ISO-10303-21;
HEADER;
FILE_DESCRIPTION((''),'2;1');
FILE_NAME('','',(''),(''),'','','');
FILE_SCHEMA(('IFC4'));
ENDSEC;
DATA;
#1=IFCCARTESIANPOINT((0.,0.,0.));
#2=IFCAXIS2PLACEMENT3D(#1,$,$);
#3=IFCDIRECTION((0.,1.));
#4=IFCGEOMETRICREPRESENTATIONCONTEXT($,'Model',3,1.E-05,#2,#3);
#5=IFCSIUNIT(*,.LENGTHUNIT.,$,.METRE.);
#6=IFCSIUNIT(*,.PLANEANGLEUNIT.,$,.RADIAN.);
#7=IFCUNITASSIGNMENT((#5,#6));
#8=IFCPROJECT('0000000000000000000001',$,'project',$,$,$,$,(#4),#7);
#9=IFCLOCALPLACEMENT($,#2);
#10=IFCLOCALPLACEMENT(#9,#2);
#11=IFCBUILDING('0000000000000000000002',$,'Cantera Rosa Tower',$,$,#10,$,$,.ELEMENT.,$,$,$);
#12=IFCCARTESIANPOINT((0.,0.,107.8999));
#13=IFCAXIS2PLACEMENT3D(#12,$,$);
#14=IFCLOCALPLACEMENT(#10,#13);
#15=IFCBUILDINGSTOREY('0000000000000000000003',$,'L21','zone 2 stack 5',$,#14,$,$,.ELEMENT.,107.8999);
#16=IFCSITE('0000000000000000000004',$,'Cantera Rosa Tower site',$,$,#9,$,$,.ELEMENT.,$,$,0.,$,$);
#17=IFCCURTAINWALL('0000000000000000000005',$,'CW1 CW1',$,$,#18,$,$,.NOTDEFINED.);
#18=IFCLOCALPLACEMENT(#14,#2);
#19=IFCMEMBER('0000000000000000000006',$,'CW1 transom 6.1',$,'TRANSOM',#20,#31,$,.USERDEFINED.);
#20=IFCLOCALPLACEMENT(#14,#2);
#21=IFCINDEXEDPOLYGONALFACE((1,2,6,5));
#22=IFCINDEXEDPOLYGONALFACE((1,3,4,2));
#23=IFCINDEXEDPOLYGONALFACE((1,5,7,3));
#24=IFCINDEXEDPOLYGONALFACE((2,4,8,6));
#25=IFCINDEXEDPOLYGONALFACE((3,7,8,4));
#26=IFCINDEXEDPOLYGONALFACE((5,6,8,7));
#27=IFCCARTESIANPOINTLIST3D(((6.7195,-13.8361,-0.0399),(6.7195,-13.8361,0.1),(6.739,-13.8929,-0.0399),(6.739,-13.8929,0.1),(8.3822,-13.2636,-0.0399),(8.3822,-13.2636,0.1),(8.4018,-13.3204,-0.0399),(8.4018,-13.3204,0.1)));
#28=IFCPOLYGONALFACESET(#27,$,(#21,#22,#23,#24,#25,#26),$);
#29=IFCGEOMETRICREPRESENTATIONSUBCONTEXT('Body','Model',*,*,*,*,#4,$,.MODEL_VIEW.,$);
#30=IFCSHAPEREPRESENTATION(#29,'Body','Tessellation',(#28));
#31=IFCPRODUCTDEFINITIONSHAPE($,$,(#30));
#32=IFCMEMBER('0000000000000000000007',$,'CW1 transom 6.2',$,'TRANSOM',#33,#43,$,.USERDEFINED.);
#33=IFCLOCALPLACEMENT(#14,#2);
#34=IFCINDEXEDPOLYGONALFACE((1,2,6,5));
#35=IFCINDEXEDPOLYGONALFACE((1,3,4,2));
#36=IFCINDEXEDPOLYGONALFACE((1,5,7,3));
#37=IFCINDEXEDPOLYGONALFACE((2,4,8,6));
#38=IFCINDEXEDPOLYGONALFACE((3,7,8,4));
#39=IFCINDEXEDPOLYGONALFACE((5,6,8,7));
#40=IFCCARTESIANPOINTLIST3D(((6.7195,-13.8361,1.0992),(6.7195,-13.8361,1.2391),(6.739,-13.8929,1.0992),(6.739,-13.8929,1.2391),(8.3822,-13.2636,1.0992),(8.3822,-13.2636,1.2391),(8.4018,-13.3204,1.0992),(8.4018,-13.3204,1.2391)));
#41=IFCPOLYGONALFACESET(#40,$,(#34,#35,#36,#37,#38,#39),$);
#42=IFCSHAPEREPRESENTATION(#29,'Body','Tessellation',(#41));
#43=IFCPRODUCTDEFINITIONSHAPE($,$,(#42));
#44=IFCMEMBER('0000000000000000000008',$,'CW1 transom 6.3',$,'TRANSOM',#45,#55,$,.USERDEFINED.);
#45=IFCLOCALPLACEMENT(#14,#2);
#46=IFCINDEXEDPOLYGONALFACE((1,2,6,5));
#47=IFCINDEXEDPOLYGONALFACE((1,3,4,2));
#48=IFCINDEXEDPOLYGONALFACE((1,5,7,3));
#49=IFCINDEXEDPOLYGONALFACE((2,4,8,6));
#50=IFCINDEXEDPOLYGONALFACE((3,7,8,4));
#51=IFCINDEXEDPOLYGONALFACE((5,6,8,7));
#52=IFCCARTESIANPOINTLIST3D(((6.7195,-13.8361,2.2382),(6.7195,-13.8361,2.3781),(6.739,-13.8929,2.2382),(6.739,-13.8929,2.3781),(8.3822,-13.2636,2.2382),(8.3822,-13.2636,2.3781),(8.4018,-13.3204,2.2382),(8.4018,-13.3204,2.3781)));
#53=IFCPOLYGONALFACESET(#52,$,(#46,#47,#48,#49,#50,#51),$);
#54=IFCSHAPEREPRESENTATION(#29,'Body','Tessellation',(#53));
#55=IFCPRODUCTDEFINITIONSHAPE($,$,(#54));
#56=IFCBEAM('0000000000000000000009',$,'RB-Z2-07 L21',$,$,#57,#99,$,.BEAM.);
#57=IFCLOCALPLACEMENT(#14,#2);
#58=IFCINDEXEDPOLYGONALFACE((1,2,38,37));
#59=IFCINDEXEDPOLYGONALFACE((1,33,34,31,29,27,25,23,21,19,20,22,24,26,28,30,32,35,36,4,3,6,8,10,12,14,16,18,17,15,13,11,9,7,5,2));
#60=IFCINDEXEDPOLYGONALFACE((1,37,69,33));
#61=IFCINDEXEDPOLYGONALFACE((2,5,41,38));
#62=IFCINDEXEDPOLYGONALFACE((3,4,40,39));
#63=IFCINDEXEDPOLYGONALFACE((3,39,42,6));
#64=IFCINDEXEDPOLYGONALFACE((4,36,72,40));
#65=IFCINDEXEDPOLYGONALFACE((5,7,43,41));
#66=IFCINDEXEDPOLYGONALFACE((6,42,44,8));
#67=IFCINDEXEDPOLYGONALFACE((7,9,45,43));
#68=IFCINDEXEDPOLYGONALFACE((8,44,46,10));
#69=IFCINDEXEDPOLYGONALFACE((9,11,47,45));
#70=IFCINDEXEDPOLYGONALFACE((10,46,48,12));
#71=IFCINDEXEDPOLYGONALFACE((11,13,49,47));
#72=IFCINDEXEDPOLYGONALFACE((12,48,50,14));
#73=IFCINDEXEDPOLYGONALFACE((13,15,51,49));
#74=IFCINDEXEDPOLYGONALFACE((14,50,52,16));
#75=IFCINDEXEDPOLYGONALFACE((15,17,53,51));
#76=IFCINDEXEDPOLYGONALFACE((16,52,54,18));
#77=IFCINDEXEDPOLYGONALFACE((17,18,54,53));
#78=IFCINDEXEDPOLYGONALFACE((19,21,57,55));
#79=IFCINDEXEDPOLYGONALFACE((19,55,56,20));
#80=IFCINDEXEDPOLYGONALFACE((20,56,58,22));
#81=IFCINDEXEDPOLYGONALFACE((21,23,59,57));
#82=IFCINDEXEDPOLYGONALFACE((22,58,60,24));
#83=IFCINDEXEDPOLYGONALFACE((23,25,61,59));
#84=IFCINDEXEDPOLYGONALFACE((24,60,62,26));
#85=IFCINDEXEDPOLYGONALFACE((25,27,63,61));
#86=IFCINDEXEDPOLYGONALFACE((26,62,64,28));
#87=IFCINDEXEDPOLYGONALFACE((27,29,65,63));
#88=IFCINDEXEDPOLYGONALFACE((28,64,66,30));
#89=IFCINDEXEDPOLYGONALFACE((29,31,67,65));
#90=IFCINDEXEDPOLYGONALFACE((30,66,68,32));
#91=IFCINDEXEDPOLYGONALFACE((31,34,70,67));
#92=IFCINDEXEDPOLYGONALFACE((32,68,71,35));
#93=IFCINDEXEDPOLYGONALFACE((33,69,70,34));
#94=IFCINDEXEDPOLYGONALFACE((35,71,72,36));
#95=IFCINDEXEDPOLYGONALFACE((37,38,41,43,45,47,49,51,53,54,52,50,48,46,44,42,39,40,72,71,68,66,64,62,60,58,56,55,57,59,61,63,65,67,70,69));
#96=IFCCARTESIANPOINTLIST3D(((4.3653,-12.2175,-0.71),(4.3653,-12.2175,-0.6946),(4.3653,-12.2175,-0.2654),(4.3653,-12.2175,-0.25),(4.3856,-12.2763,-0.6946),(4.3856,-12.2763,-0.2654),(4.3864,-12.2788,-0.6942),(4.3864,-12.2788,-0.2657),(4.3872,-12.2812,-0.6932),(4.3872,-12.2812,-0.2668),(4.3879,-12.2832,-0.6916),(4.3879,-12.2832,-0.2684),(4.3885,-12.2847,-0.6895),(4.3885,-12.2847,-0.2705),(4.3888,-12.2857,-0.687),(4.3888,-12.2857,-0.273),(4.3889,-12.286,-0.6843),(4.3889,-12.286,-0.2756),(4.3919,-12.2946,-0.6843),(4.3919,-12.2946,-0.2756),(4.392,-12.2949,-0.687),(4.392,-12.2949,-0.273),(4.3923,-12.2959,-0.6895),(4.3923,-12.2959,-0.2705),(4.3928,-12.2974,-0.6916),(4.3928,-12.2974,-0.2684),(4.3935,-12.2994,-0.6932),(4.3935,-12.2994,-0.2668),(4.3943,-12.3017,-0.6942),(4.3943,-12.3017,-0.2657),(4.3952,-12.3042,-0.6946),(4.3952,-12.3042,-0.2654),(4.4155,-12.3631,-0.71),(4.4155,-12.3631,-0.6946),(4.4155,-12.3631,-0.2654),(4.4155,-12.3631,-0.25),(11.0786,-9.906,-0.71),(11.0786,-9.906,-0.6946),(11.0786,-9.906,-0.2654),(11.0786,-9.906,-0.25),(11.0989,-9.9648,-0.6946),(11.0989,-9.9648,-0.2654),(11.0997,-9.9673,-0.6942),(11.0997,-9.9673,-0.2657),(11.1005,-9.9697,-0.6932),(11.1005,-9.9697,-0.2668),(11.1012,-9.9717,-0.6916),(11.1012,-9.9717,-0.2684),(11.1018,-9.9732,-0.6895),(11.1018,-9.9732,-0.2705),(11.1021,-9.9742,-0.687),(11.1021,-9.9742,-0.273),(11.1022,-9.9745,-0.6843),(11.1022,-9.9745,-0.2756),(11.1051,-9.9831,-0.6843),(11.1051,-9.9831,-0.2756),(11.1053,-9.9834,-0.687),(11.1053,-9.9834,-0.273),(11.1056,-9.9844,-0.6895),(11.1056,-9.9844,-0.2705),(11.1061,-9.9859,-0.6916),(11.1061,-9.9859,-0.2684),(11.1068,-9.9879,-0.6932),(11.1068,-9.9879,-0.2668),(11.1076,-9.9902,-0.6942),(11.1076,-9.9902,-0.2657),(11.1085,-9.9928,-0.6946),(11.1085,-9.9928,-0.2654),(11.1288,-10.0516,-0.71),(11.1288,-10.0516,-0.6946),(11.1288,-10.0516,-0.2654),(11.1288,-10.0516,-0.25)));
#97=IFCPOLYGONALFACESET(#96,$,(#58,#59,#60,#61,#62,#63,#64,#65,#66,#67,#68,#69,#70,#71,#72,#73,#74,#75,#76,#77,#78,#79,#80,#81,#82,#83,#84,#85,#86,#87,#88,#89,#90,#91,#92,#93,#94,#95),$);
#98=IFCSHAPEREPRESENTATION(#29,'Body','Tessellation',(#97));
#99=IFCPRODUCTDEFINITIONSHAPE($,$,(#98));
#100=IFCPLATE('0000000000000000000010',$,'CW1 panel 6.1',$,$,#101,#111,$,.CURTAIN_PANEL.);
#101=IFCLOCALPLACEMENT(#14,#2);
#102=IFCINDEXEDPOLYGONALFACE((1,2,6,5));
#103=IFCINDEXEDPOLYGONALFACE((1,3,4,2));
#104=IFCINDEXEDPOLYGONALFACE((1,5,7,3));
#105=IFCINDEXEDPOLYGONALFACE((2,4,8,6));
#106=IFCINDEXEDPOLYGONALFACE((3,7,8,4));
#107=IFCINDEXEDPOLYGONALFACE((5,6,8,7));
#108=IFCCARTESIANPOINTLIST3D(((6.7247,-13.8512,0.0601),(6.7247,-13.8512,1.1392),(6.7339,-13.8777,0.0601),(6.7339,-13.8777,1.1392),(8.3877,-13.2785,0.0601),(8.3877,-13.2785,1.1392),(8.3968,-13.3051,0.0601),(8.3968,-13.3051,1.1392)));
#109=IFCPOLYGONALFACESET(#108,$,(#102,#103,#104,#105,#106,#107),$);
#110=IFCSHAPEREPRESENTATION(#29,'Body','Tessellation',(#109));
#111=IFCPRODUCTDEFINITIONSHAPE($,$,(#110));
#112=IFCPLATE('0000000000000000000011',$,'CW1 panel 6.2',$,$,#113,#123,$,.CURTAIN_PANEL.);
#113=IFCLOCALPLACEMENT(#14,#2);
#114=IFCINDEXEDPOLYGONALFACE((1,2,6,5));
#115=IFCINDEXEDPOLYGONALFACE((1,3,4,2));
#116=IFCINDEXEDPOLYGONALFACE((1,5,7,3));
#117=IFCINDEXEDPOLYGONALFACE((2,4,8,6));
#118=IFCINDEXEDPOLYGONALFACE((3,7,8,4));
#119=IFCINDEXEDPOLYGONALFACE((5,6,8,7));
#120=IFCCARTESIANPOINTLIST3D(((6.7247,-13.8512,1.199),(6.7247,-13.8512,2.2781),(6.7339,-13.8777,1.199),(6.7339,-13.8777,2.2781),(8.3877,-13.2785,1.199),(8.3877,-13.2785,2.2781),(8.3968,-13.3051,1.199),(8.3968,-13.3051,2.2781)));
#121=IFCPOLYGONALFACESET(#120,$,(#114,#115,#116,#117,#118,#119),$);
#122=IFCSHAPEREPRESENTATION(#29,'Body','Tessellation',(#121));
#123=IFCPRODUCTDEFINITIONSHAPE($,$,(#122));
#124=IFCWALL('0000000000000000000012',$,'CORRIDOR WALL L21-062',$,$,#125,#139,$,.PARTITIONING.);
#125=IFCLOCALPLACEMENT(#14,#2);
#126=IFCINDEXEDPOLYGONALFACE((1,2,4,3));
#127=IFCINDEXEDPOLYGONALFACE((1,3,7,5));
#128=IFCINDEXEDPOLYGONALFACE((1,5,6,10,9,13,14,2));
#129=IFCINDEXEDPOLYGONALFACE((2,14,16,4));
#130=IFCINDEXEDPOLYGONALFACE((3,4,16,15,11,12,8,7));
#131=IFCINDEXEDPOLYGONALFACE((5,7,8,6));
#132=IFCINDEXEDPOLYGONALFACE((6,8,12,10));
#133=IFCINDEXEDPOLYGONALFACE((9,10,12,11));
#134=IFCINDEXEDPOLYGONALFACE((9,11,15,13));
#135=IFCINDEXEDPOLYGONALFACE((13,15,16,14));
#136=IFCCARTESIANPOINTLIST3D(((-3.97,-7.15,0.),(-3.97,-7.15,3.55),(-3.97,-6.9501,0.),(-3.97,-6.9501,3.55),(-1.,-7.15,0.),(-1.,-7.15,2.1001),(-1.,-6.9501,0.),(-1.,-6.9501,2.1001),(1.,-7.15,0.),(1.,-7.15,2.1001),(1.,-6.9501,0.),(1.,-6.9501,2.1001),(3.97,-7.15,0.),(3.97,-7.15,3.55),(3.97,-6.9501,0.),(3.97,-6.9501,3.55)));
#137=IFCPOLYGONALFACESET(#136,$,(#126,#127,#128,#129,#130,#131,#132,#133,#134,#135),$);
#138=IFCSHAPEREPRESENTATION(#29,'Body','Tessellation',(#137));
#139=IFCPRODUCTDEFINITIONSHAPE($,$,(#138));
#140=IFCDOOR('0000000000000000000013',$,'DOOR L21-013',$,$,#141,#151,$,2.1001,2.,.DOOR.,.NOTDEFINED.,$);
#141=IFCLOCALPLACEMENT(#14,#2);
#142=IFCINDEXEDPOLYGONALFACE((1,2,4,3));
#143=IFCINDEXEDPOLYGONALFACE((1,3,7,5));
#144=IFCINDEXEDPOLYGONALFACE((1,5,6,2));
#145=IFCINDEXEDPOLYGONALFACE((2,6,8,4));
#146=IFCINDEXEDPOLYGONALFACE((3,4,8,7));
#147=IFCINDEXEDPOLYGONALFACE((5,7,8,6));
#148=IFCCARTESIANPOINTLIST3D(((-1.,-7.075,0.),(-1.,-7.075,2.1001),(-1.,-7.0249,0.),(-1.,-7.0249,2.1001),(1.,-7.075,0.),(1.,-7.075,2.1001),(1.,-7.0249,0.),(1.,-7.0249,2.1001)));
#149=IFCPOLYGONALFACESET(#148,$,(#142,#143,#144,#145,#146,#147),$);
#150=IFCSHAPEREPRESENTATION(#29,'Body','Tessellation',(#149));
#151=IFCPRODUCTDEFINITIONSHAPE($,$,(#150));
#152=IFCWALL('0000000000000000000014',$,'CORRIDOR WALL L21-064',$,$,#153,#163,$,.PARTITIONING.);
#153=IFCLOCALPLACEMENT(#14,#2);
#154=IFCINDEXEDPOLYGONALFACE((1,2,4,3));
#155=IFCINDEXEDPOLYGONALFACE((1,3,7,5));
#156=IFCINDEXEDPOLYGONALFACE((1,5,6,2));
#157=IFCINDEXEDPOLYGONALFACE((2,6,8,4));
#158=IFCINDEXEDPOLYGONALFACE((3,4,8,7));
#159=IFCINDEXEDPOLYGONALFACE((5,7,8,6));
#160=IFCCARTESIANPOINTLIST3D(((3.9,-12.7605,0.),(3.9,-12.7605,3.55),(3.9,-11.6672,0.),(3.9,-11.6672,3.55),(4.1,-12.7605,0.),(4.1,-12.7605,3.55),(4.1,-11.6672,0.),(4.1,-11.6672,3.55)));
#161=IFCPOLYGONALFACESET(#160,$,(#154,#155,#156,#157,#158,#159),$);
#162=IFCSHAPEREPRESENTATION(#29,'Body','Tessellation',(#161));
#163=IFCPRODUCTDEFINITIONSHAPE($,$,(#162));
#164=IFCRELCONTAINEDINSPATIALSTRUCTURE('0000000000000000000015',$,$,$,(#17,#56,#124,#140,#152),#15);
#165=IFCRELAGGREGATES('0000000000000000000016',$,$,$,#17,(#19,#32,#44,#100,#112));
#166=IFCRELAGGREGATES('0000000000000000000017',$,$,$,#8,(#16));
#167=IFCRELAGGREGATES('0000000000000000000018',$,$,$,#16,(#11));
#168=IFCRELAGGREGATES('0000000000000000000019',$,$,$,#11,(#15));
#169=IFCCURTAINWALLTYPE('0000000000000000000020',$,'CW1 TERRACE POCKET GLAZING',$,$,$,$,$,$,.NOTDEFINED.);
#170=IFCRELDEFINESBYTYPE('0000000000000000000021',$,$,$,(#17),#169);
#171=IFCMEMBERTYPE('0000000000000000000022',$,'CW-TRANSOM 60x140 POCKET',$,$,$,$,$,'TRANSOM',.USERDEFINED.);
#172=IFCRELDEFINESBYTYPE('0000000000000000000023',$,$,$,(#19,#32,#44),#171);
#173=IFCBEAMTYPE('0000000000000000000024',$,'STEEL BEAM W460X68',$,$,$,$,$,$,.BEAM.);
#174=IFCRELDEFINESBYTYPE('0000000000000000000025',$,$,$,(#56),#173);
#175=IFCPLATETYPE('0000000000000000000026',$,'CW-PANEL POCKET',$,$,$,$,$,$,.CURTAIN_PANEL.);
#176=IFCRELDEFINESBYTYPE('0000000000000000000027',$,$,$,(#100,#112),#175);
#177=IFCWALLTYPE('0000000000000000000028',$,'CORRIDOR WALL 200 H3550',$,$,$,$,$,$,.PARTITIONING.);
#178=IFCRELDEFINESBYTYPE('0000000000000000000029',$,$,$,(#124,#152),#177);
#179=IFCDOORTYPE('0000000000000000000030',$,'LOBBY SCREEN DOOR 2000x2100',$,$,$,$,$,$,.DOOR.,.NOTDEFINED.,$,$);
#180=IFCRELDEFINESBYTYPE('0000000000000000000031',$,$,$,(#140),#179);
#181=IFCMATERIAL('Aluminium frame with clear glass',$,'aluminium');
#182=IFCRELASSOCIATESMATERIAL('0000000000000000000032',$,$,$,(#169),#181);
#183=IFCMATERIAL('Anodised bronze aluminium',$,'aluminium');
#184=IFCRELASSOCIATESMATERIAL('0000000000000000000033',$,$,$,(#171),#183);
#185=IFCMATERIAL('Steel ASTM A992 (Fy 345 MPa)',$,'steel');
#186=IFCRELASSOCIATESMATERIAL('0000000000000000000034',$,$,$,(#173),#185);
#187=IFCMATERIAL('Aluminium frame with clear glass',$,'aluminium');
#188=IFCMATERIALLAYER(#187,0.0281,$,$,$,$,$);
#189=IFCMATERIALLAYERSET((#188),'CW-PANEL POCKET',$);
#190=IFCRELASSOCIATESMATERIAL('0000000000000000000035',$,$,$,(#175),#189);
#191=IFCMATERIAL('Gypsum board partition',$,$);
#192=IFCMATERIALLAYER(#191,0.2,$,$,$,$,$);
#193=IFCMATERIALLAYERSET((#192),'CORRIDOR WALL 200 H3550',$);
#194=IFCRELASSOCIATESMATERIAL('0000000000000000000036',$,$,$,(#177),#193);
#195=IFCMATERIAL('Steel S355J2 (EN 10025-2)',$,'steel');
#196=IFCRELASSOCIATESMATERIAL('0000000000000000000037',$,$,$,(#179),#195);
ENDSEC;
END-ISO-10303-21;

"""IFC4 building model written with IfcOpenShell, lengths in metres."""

from ifc_helpers import new_model, si_unit, direction, frame, frame_2d, origin, origin_2d, place, context, subcontext, project, spatial, rectangle, i_section, extrude, material, layer, layer_set, material_profile, profile_set, type_object, element, fill, aggregate, save


model = new_model("IFC4")

# Units and contexts
model_context = context("Model", 3, precision=1e-05, world=origin(), true_north=direction((0.0, 1.0)))
body_context = subcontext(model_context, "Body", "Model", "MODEL_VIEW")
ifc_project = project(units=[si_unit("LENGTHUNIT", "METRE"), si_unit("PLANEANGLEUNIT", "RADIAN")], contexts=[model_context])

# Site, building, storey
site_placement = place(None, origin())
site = spatial("IfcSite", under=ifc_project, at=site_placement, Name="Cantera Rosa Tower site", CompositionType="ELEMENT", RefElevation=0.0)
building_placement = place(site_placement, origin())
building = spatial("IfcBuilding", under=site, at=building_placement, Name="Cantera Rosa Tower", CompositionType="ELEMENT")
storey_placement = place(building_placement, frame((0.0, 0.0, 107.8999)))
storey = spatial("IfcBuildingStorey", under=building, at=storey_placement, Name="L21", Description="zone 2 stack 5", CompositionType="ELEMENT", Elevation=107.8999)

# Curtain wall, members
ifc_material_1 = material(Name="Aluminium frame with clear glass", Category="aluminium")
curtain_wall_type = type_object("IfcCurtainWallType", Name="CW1 TERRACE POCKET GLAZING", PredefinedType="NOTDEFINED", material=ifc_material_1)
curtain_wall_placement = place(storey_placement, origin())
curtain_wall = element("IfcCurtainWall", 1, at=curtain_wall_placement, inside=storey, type_object=curtain_wall_type, Name="CW1 CW1", PredefinedType="NOTDEFINED")
ifc_material_2 = material(Name="Anodised bronze aluminium", Category="aluminium")
ifc_material_profile_1 = material_profile(ifc_material_2, rectangle(XDim=0.0601, YDim=0.1399, at=origin_2d()), Name="CW-TRANSOM 60x140 POCKET")
ifc_profile_set_1 = profile_set([ifc_material_profile_1], Name="Anodised bronze aluminium")
member_type = type_object("IfcMemberType", Name="CW-TRANSOM 60x140 POCKET", ElementType="TRANSOM", PredefinedType="USERDEFINED", material=ifc_profile_set_1)
member_1_placement = place(storey_placement, frame((6.7292, -13.8645, 0.03), z_axis=(0.945528, 0.325541, 0.0), x_axis=(-0.325541, 0.945528, 0.0)))
member_1 = element("IfcMember", 2, at=member_1_placement, type_object=member_type, Name="CW1 transom 6.1", ObjectType="TRANSOM", PredefinedType="USERDEFINED", context=body_context, shape_type="SweptSolid", body=[
    extrude(rectangle(XDim=0.0601, YDim=0.1399, at=origin_2d()), origin(), (0.0, 0.0, 1.0), 1.7585),
])
member_2_placement = place(storey_placement, frame((6.7292, -13.8645, 1.1692), z_axis=(0.945528, 0.325541, 0.0), x_axis=(-0.325541, 0.945528, 0.0)))
member_2 = element("IfcMember", 3, at=member_2_placement, type_object=member_type, Name="CW1 transom 6.2", ObjectType="TRANSOM", PredefinedType="USERDEFINED", context=body_context, shape_type="SweptSolid", body=[
    extrude(rectangle(XDim=0.0601, YDim=0.1399, at=origin_2d()), origin(), (0.0, 0.0, 1.0), 1.7585),
])
member_3_placement = place(storey_placement, frame((6.7292, -13.8645, 2.3081), z_axis=(0.945528, 0.325541, 0.0), x_axis=(-0.325541, 0.945528, 0.0)))
member_3 = element("IfcMember", 4, at=member_3_placement, type_object=member_type, Name="CW1 transom 6.3", ObjectType="TRANSOM", PredefinedType="USERDEFINED", context=body_context, shape_type="SweptSolid", body=[
    extrude(rectangle(XDim=0.0601, YDim=0.1399, at=origin_2d()), origin(), (0.0, 0.0, 1.0), 1.7585),
])

# Beam
ifc_material_3 = material(Name="Steel ASTM A992 (Fy 345 MPa)", Category="steel")
ifc_material_profile_2 = material_profile(ifc_material_3, i_section(OverallWidth=0.1541, OverallDepth=0.46, WebThickness=0.009, FlangeThickness=0.0154, FilletRadius=0.0103, at=origin_2d()), Name="W460X68")
ifc_profile_set_2 = profile_set([ifc_material_profile_2], Name="Steel ASTM A992 (Fy 345 MPa)")
beam_type = type_object("IfcBeamType", Name="STEEL BEAM W460X68", PredefinedType="BEAM", material=ifc_profile_set_2)
beam_placement = place(storey_placement, frame((4.3904, -12.2903, -0.48), z_axis=(0.945522, 0.325558, 0.0), x_axis=(-0.325558, 0.945522, 0.0)))
element("IfcBeam", 5, at=beam_placement, inside=storey, type_object=beam_type, Name="RB-Z2-07 L21", PredefinedType="BEAM", context=body_context, shape_type="SweptSolid", body=[
    extrude(i_section(OverallWidth=0.1541, OverallDepth=0.46, WebThickness=0.009, FlangeThickness=0.0154, FilletRadius=0.0103, at=origin_2d()), origin(), (0.0, 0.0, 1.0), 7.1001),
])

# Plates
ifc_material_4 = material(Name="Aluminium frame with clear glass", Category="aluminium")
ifc_layer_1 = layer(ifc_material_4, 0.0281)
ifc_layer_set_1 = layer_set([ifc_layer_1], Name="CW-PANEL POCKET")
plate_type = type_object("IfcPlateType", Name="CW-PANEL POCKET", PredefinedType="CURTAIN_PANEL", material=ifc_layer_set_1)
plate_1_placement = place(storey_placement, frame((7.5608, -13.5781, 0.0601), z_axis=(0.0, 0.0, 1.0), x_axis=(0.945519, 0.325568, 0.0)))
plate_1 = element("IfcPlate", 6, at=plate_1_placement, type_object=plate_type, Name="CW1 panel 6.1", PredefinedType="CURTAIN_PANEL", context=body_context, shape_type="SweptSolid", body=[
    extrude(rectangle(XDim=1.7588, YDim=0.0281, at=origin_2d()), origin(), (0.0, 0.0, 1.0), 1.0791),
])
plate_2_placement = place(storey_placement, frame((7.5608, -13.5781, 1.199), z_axis=(0.0, 0.0, 1.0), x_axis=(0.945519, 0.325568, 0.0)))
plate_2 = element("IfcPlate", 7, at=plate_2_placement, type_object=plate_type, Name="CW1 panel 6.2", PredefinedType="CURTAIN_PANEL", context=body_context, shape_type="SweptSolid", body=[
    extrude(rectangle(XDim=1.7588, YDim=0.0281, at=origin_2d()), origin(), (0.0, 0.0, 1.0), 1.0791),
])
aggregate(curtain_wall, [member_1, member_2, member_3, plate_1, plate_2])

# Wall, opening, door
ifc_material_5 = material(Name="Gypsum board partition")
ifc_layer_2 = layer(ifc_material_5, 0.2)
ifc_layer_set_2 = layer_set([ifc_layer_2], Name="CORRIDOR WALL 200 H3550")
wall_type_1 = type_object("IfcWallType", Name="CORRIDOR WALL 200 H3550", PredefinedType="PARTITIONING", material=ifc_layer_set_2)
wall_1_placement = place(storey_placement, frame((3.97, -7.05, 0.0), z_axis=(0.0, 0.0, 1.0), x_axis=(-1.0, 0.0, 0.0)))
wall_1 = element("IfcWall", 8, at=wall_1_placement, inside=storey, type_object=wall_type_1, Name="CORRIDOR WALL L21-062", PredefinedType="PARTITIONING", context=body_context, shape_type="SweptSolid", body=[
    extrude(rectangle(XDim=7.9399, YDim=0.2, at=frame_2d((3.97, 0.0))), origin(), (0.0, 0.0, 1.0), 3.55),
])
opening_1_placement = place(wall_1_placement, frame((2.97, 0.0, 0.0)))
opening_1 = element("IfcOpeningElement", 9, at=opening_1_placement, cuts=wall_1, PredefinedType="OPENING", context=body_context, shape_type="SweptSolid", body=[
    extrude(rectangle(XDim=2.0, YDim=2.1001, at=frame_2d((1.0, 1.05))), frame((0.0, 0.1099, 0.0), z_axis=(0.0, -1.0, 0.0), x_axis=(1.0, 0.0, 0.0)), (0.0, 0.0, 1.0), 0.22),
])
ifc_material_6 = material(Name="Steel S355J2 (EN 10025-2)", Category="steel")
door_type_1 = type_object("IfcDoorType", Name="LOBBY SCREEN DOOR 2000x2100", OperationType="NOTDEFINED", PredefinedType="DOOR", material=ifc_material_6)
door_1_placement = place(opening_1_placement, origin())
door_1 = element("IfcDoor", 10, at=door_1_placement, inside=storey, type_object=door_type_1, Name="DOOR L21-013", OperationType="NOTDEFINED", OverallHeight=2.1001, OverallWidth=2.0, PredefinedType="DOOR", context=body_context, shape_type="SweptSolid", body=[
    extrude(rectangle(XDim=2.0, YDim=2.1001, at=frame_2d((1.0, 1.05))), frame((0.0, 0.0249, 0.0), z_axis=(0.0, -1.0, 0.0), x_axis=(1.0, 0.0, 0.0)), (0.0, 0.0, 1.0), 0.05),
])
fill(opening_1, door_1)

# Wall
wall_2_placement = place(storey_placement, frame((4.0, -12.7605, 0.0), z_axis=(0.0, 0.0, 1.0), x_axis=(0.0, 1.0, 0.0)))
element("IfcWall", 11, at=wall_2_placement, inside=storey, type_object=wall_type_1, Name="CORRIDOR WALL L21-064", PredefinedType="PARTITIONING", context=body_context, shape_type="SweptSolid", body=[
    extrude(rectangle(XDim=1.0933, YDim=0.2, at=frame_2d((0.5466, 0.0))), origin(), (0.0, 0.0, 1.0), 3.55),
])

save(model, "model.ifc")
